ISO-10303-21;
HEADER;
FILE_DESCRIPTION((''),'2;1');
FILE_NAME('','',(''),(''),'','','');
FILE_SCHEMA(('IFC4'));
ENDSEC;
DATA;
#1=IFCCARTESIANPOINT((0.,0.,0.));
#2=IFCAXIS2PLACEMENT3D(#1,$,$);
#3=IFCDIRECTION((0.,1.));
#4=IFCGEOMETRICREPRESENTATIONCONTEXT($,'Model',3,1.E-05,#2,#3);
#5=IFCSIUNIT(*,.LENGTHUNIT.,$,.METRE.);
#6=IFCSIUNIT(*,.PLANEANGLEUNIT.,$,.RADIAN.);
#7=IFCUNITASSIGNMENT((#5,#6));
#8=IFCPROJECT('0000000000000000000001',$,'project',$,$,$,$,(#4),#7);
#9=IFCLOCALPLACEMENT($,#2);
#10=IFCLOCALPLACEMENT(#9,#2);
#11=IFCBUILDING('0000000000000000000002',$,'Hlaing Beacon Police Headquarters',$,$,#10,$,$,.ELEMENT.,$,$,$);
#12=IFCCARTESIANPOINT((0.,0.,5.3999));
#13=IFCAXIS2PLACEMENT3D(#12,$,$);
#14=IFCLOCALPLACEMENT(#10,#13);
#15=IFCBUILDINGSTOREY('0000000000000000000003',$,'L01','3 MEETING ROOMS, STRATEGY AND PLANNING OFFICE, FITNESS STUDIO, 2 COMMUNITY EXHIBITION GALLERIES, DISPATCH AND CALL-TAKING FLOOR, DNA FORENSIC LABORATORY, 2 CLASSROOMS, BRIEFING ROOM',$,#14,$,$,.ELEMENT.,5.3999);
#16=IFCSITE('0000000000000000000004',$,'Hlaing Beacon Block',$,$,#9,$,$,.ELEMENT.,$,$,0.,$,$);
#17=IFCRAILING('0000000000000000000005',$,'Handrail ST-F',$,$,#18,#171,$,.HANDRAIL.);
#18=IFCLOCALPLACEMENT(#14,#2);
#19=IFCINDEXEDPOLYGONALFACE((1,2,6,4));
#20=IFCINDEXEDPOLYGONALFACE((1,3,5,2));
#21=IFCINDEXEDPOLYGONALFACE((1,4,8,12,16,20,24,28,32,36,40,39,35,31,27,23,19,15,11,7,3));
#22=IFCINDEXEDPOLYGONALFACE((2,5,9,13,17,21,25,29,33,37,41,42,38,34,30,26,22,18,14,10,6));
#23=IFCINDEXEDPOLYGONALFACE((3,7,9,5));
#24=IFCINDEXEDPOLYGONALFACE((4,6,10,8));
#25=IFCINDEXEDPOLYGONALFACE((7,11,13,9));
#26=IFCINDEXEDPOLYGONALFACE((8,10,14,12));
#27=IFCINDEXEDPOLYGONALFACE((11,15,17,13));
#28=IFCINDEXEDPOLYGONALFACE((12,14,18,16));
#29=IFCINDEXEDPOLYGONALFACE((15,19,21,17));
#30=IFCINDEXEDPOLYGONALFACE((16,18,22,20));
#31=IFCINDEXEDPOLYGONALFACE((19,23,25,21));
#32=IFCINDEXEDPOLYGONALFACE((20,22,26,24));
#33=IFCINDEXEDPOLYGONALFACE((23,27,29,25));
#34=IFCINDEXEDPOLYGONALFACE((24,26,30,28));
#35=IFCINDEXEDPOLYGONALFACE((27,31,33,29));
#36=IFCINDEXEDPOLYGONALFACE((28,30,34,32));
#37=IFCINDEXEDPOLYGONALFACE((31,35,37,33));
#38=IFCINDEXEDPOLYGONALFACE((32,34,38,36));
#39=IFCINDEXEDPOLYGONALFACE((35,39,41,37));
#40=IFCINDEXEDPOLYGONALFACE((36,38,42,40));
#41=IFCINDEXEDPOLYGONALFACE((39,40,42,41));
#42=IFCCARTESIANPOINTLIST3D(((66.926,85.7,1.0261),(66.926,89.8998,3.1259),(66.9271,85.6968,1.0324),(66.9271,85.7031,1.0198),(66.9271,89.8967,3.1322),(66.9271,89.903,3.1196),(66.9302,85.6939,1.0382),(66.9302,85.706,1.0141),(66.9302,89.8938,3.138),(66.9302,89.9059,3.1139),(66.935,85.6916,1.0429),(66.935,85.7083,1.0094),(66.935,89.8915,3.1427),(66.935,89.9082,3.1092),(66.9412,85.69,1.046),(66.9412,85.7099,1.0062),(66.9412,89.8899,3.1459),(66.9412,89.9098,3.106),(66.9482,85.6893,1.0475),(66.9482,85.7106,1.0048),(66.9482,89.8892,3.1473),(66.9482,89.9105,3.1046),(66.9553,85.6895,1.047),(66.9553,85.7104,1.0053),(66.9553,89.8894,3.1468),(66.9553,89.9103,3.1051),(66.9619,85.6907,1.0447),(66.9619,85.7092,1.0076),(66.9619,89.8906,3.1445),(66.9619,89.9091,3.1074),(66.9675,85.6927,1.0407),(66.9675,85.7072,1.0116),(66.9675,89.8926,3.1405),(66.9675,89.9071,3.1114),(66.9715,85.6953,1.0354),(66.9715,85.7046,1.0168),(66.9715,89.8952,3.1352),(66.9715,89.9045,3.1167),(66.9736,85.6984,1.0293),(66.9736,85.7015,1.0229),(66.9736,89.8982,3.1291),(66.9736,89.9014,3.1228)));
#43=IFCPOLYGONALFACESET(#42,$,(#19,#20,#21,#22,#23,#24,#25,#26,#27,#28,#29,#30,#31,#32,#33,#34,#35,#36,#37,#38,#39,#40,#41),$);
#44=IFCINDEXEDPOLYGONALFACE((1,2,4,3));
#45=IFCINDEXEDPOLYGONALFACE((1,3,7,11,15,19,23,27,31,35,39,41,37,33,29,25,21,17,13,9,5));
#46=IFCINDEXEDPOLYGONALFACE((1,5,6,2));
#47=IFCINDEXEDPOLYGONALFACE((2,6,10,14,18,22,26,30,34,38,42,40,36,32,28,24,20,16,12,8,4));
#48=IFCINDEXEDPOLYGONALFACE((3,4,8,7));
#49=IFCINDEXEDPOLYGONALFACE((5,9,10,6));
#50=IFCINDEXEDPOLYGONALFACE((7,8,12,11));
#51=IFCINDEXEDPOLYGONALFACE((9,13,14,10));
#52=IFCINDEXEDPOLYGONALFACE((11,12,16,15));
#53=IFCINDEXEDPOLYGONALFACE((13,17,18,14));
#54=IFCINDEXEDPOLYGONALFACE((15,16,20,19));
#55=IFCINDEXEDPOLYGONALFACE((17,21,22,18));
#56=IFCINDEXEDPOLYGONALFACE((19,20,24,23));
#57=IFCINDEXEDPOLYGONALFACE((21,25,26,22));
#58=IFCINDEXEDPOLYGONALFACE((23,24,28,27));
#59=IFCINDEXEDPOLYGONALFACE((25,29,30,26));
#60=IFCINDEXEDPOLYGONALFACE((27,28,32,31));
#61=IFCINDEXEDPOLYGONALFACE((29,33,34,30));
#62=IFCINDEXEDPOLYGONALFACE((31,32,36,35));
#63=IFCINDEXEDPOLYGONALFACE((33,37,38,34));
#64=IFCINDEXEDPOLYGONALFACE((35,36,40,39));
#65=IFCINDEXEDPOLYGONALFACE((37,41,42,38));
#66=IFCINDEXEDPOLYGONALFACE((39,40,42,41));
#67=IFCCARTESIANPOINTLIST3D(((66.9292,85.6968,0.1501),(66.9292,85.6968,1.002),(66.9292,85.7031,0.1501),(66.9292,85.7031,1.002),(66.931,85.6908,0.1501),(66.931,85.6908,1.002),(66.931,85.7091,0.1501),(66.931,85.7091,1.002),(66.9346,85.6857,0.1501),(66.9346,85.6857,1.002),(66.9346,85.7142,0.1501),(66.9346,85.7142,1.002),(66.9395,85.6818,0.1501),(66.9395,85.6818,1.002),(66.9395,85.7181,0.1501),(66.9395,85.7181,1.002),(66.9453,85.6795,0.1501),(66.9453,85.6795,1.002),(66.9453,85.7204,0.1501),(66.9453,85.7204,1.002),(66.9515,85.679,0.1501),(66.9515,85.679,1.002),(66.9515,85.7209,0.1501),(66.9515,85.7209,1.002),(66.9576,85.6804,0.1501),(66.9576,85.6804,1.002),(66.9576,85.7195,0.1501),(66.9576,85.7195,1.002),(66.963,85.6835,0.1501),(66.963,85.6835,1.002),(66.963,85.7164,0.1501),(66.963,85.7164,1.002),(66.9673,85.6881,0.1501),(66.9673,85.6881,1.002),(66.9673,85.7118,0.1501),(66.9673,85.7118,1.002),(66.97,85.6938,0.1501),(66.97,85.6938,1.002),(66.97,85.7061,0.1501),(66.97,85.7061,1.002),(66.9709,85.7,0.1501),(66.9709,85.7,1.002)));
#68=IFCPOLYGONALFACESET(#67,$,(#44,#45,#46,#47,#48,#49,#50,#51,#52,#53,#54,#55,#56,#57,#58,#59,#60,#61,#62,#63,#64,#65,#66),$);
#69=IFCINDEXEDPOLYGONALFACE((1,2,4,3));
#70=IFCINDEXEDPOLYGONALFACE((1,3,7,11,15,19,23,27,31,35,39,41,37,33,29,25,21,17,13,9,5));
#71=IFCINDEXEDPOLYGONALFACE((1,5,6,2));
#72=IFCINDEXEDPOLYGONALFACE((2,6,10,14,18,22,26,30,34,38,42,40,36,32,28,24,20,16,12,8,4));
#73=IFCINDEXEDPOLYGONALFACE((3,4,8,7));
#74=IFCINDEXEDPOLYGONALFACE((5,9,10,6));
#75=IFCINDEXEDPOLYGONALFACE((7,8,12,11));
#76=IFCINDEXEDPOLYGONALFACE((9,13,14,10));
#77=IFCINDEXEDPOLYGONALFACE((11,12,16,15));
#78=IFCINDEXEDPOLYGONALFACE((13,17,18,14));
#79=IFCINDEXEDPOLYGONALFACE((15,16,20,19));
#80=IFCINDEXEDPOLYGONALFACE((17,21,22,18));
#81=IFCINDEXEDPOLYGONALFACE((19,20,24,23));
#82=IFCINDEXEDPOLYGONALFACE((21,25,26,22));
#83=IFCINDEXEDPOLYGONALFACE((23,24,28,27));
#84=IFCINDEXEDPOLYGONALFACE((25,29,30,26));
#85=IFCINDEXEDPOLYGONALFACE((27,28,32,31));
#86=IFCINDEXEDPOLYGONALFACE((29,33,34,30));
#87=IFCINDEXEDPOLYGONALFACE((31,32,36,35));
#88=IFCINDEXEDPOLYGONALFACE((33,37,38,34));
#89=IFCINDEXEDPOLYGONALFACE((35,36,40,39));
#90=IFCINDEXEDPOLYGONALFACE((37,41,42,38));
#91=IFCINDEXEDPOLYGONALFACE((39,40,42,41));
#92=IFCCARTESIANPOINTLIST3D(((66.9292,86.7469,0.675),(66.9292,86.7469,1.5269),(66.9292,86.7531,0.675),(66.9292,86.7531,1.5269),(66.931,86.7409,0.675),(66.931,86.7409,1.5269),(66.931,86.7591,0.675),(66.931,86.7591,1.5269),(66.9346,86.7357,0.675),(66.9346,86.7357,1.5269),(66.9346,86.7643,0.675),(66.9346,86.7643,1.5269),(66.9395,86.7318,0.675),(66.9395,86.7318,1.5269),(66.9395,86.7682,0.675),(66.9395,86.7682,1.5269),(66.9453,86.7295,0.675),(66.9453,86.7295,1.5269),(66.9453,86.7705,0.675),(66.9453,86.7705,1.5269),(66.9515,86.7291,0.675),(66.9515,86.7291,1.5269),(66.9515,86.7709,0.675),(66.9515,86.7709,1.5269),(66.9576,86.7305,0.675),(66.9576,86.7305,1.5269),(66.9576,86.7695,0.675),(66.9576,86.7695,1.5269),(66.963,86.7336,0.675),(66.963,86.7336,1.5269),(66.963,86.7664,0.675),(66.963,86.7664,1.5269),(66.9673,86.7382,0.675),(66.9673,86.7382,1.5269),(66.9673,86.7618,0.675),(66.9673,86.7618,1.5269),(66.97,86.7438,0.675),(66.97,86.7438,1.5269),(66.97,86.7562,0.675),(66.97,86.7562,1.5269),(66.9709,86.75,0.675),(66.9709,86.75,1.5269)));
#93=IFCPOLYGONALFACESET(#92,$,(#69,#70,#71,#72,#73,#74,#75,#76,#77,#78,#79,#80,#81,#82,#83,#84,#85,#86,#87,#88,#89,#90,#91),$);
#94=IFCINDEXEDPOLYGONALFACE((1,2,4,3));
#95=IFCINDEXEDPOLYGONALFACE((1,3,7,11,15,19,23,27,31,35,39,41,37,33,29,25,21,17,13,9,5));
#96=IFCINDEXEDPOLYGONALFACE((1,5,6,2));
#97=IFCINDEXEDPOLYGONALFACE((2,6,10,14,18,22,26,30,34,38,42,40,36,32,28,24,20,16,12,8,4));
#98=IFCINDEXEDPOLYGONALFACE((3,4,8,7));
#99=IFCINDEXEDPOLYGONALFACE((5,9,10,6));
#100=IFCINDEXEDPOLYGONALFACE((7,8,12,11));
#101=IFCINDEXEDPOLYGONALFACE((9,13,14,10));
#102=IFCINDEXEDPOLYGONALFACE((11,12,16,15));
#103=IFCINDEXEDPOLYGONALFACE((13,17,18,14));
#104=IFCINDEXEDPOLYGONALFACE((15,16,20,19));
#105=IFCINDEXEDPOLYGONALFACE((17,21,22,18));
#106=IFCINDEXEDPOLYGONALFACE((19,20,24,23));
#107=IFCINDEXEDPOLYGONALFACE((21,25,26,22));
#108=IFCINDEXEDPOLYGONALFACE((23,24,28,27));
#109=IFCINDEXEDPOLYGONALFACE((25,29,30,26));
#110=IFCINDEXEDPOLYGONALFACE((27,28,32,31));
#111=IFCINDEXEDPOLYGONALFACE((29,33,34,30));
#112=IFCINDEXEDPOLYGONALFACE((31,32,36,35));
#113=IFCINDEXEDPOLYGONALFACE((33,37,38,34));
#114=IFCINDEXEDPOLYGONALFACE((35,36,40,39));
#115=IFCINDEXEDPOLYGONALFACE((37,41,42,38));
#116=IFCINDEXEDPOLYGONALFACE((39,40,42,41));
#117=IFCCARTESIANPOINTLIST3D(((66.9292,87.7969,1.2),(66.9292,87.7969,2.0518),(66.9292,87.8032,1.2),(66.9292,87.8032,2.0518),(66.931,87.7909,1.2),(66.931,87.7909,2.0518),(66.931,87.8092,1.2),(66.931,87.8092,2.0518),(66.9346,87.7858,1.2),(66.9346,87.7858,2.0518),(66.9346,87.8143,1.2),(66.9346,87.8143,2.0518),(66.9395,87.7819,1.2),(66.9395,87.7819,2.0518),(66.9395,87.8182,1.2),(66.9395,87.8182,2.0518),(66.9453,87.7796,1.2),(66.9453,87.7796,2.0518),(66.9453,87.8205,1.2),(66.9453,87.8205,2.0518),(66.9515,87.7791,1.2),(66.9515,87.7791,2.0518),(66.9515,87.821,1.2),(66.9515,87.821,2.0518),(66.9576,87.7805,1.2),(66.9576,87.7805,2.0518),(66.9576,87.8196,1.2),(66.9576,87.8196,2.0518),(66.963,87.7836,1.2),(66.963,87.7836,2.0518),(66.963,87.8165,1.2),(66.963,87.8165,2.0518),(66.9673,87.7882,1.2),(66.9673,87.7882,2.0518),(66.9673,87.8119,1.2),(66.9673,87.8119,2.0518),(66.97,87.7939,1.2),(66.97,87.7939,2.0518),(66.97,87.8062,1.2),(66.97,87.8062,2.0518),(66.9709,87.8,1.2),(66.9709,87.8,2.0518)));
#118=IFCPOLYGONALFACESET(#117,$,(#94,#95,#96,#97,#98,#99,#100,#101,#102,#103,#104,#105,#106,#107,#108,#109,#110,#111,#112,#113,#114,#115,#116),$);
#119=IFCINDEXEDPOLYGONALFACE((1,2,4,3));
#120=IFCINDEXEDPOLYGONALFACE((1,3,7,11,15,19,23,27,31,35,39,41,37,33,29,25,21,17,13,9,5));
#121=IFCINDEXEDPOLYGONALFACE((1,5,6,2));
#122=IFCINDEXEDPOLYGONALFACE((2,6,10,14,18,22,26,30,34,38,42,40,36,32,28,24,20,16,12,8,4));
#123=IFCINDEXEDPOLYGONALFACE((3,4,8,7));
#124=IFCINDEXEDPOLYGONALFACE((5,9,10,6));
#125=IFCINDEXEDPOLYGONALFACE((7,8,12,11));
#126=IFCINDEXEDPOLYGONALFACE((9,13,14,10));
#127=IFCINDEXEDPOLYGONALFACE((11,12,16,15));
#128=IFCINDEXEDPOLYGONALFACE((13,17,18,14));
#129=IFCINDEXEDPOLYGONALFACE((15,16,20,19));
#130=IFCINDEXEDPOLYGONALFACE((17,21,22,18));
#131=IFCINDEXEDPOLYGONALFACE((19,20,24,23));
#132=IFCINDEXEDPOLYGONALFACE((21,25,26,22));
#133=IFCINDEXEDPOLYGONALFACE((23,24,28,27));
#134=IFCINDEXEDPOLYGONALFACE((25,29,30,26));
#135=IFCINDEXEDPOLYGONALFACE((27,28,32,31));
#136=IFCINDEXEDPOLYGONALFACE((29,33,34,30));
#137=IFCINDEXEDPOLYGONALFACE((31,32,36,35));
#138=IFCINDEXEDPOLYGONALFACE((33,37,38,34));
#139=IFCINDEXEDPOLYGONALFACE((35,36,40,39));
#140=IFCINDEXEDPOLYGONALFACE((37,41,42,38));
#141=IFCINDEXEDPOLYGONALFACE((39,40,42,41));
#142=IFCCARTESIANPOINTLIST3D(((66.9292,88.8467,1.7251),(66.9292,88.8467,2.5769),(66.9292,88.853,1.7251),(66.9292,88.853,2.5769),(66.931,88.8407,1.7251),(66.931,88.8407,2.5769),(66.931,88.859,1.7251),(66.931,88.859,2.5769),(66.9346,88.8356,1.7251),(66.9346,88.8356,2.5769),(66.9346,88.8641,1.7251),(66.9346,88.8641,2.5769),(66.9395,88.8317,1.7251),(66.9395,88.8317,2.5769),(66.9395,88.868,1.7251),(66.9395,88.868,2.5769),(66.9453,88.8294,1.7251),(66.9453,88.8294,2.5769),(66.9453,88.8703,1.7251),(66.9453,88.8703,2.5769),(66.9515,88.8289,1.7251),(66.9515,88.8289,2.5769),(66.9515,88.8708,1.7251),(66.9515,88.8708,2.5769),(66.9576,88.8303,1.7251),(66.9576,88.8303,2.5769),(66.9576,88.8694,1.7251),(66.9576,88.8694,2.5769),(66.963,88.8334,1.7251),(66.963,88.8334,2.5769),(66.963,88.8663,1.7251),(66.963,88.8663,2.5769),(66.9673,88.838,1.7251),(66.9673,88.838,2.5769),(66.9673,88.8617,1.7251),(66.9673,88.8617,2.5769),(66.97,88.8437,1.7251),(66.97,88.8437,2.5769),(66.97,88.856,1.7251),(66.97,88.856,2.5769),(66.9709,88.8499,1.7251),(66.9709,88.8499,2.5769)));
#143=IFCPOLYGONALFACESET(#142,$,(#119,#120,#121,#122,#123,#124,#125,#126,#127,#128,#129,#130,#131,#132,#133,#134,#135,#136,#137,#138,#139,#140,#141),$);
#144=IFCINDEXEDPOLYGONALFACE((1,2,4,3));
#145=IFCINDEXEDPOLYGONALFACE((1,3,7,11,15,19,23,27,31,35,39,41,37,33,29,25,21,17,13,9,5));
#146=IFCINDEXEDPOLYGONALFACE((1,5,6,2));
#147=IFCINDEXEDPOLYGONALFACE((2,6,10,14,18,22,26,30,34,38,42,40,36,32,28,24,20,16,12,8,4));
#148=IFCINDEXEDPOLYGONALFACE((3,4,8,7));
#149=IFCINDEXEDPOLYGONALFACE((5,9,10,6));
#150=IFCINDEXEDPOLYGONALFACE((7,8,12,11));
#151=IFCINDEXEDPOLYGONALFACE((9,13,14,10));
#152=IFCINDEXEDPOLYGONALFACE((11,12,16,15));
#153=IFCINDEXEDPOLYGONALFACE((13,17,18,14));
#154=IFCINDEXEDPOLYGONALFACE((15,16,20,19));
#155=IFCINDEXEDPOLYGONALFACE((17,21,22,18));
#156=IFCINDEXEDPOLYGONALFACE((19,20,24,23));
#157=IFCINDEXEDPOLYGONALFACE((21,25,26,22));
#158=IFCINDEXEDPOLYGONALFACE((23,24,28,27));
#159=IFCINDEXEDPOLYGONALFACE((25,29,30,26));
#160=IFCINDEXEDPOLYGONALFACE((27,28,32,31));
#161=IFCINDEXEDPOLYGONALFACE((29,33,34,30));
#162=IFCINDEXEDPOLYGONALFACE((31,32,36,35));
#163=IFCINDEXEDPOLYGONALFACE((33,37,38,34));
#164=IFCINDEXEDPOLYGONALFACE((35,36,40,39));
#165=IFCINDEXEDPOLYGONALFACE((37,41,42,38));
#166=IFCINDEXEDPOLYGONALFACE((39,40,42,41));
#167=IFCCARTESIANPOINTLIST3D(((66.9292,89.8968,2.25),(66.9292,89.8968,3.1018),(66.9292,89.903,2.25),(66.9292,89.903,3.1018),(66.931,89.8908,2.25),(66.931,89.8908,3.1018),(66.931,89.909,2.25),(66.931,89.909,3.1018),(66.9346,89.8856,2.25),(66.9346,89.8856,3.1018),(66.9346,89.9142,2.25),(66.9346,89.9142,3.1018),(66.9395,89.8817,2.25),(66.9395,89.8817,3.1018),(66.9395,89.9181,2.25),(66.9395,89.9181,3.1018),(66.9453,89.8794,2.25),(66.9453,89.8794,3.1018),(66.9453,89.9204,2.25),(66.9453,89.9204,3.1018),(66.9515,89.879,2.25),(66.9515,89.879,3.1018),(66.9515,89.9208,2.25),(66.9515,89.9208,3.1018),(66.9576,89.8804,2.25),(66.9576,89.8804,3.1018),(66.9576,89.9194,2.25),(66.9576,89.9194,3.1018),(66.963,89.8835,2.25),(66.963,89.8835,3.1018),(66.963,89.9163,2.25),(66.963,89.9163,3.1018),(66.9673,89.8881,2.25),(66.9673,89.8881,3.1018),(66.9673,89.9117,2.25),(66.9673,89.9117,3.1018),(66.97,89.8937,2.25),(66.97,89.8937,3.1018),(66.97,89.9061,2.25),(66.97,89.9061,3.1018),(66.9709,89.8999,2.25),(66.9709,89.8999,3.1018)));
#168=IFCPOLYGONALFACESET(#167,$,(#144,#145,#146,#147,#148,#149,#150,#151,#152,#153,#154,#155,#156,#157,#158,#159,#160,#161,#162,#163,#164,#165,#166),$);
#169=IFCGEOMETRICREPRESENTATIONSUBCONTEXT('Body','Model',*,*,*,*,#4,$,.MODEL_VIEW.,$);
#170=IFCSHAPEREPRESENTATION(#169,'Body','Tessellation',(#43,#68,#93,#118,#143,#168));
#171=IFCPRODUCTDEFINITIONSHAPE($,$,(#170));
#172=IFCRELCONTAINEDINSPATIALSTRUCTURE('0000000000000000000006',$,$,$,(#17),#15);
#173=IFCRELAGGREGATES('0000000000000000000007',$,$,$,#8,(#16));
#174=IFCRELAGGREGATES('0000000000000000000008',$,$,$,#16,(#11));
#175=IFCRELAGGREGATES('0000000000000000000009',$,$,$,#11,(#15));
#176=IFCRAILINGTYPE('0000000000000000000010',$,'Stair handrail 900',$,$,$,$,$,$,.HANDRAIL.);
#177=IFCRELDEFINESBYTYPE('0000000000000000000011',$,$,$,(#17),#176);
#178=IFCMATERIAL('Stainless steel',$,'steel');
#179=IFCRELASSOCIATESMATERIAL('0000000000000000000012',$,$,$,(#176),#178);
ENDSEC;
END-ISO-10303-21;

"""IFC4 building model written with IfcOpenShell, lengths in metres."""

from ifc_helpers import new_model, si_unit, direction, frame, origin, origin_2d, place, context, subcontext, project, spatial, circle, extrude, material, type_object, element, save


model = new_model("IFC4")

# Units and contexts
model_context = context("Model", 3, precision=1e-05, world=origin(), true_north=direction((0.0, 1.0)))
body_context = subcontext(model_context, "Body", "Model", "MODEL_VIEW")
ifc_project = project(units=[si_unit("LENGTHUNIT", "METRE"), si_unit("PLANEANGLEUNIT", "RADIAN")], contexts=[model_context])

# Site, building, storey
site_placement = place(None, origin())
site = spatial("IfcSite", under=ifc_project, at=site_placement, Name="Hlaing Beacon Block", CompositionType="ELEMENT", RefElevation=0.0)
building_placement = place(site_placement, origin())
building = spatial("IfcBuilding", under=site, at=building_placement, Name="Hlaing Beacon Police Headquarters", CompositionType="ELEMENT")
storey_placement = place(building_placement, frame((0.0, 0.0, 5.3999)))
storey = spatial("IfcBuildingStorey", under=building, at=storey_placement, Name="L01", Description="3 MEETING ROOMS, STRATEGY AND PLANNING OFFICE, FITNESS STUDIO, 2 COMMUNITY EXHIBITION GALLERIES, DISPATCH AND CALL-TAKING FLOOR, DNA FORENSIC LABORATORY, 2 CLASSROOMS, BRIEFING ROOM", CompositionType="ELEMENT", Elevation=5.3999)

# Railing
ifc_material_1 = material(Name="Stainless steel", Category="steel")
railing_type_1 = type_object("IfcRailingType", Name="Stair handrail 900", PredefinedType="HANDRAIL", material=ifc_material_1)
for number, where, name in (
    (1, (66.95, 85.7, 0.1501), "Handrail ST-F"),
):
    element("IfcRailing", number, at=place(storey_placement, frame(where)), inside=storey, type_object=railing_type_1, Name=name, PredefinedType="HANDRAIL", context=body_context, shape_type="SweptSolid", body=[
        extrude(circle(Radius=0.0239, at=origin_2d()), frame((0.0, 0.0, 0.876), z_axis=(0.0, 0.894438, 0.447193), x_axis=(-1.0, 0.0, 0.0)), (0.0, 0.0, 1.0), 4.6956),
        extrude(circle(Radius=0.021, at=origin_2d()), origin(), (0.0, 0.0, 1.0), 0.8518),
        extrude(circle(Radius=0.021, at=origin_2d()), frame((0.0, 1.05, 0.5249)), (0.0, 0.0, 1.0), 0.8518),
        extrude(circle(Radius=0.021, at=origin_2d()), frame((0.0, 2.1001, 1.0498)), (0.0, 0.0, 1.0), 0.8518),
        extrude(circle(Radius=0.021, at=origin_2d()), frame((0.0, 3.1499, 1.575)), (0.0, 0.0, 1.0), 0.8518),
        extrude(circle(Radius=0.021, at=origin_2d()), frame((0.0, 4.2, 2.0999)), (0.0, 0.0, 1.0), 0.8518),
    ])

save(model, "model.ifc")
